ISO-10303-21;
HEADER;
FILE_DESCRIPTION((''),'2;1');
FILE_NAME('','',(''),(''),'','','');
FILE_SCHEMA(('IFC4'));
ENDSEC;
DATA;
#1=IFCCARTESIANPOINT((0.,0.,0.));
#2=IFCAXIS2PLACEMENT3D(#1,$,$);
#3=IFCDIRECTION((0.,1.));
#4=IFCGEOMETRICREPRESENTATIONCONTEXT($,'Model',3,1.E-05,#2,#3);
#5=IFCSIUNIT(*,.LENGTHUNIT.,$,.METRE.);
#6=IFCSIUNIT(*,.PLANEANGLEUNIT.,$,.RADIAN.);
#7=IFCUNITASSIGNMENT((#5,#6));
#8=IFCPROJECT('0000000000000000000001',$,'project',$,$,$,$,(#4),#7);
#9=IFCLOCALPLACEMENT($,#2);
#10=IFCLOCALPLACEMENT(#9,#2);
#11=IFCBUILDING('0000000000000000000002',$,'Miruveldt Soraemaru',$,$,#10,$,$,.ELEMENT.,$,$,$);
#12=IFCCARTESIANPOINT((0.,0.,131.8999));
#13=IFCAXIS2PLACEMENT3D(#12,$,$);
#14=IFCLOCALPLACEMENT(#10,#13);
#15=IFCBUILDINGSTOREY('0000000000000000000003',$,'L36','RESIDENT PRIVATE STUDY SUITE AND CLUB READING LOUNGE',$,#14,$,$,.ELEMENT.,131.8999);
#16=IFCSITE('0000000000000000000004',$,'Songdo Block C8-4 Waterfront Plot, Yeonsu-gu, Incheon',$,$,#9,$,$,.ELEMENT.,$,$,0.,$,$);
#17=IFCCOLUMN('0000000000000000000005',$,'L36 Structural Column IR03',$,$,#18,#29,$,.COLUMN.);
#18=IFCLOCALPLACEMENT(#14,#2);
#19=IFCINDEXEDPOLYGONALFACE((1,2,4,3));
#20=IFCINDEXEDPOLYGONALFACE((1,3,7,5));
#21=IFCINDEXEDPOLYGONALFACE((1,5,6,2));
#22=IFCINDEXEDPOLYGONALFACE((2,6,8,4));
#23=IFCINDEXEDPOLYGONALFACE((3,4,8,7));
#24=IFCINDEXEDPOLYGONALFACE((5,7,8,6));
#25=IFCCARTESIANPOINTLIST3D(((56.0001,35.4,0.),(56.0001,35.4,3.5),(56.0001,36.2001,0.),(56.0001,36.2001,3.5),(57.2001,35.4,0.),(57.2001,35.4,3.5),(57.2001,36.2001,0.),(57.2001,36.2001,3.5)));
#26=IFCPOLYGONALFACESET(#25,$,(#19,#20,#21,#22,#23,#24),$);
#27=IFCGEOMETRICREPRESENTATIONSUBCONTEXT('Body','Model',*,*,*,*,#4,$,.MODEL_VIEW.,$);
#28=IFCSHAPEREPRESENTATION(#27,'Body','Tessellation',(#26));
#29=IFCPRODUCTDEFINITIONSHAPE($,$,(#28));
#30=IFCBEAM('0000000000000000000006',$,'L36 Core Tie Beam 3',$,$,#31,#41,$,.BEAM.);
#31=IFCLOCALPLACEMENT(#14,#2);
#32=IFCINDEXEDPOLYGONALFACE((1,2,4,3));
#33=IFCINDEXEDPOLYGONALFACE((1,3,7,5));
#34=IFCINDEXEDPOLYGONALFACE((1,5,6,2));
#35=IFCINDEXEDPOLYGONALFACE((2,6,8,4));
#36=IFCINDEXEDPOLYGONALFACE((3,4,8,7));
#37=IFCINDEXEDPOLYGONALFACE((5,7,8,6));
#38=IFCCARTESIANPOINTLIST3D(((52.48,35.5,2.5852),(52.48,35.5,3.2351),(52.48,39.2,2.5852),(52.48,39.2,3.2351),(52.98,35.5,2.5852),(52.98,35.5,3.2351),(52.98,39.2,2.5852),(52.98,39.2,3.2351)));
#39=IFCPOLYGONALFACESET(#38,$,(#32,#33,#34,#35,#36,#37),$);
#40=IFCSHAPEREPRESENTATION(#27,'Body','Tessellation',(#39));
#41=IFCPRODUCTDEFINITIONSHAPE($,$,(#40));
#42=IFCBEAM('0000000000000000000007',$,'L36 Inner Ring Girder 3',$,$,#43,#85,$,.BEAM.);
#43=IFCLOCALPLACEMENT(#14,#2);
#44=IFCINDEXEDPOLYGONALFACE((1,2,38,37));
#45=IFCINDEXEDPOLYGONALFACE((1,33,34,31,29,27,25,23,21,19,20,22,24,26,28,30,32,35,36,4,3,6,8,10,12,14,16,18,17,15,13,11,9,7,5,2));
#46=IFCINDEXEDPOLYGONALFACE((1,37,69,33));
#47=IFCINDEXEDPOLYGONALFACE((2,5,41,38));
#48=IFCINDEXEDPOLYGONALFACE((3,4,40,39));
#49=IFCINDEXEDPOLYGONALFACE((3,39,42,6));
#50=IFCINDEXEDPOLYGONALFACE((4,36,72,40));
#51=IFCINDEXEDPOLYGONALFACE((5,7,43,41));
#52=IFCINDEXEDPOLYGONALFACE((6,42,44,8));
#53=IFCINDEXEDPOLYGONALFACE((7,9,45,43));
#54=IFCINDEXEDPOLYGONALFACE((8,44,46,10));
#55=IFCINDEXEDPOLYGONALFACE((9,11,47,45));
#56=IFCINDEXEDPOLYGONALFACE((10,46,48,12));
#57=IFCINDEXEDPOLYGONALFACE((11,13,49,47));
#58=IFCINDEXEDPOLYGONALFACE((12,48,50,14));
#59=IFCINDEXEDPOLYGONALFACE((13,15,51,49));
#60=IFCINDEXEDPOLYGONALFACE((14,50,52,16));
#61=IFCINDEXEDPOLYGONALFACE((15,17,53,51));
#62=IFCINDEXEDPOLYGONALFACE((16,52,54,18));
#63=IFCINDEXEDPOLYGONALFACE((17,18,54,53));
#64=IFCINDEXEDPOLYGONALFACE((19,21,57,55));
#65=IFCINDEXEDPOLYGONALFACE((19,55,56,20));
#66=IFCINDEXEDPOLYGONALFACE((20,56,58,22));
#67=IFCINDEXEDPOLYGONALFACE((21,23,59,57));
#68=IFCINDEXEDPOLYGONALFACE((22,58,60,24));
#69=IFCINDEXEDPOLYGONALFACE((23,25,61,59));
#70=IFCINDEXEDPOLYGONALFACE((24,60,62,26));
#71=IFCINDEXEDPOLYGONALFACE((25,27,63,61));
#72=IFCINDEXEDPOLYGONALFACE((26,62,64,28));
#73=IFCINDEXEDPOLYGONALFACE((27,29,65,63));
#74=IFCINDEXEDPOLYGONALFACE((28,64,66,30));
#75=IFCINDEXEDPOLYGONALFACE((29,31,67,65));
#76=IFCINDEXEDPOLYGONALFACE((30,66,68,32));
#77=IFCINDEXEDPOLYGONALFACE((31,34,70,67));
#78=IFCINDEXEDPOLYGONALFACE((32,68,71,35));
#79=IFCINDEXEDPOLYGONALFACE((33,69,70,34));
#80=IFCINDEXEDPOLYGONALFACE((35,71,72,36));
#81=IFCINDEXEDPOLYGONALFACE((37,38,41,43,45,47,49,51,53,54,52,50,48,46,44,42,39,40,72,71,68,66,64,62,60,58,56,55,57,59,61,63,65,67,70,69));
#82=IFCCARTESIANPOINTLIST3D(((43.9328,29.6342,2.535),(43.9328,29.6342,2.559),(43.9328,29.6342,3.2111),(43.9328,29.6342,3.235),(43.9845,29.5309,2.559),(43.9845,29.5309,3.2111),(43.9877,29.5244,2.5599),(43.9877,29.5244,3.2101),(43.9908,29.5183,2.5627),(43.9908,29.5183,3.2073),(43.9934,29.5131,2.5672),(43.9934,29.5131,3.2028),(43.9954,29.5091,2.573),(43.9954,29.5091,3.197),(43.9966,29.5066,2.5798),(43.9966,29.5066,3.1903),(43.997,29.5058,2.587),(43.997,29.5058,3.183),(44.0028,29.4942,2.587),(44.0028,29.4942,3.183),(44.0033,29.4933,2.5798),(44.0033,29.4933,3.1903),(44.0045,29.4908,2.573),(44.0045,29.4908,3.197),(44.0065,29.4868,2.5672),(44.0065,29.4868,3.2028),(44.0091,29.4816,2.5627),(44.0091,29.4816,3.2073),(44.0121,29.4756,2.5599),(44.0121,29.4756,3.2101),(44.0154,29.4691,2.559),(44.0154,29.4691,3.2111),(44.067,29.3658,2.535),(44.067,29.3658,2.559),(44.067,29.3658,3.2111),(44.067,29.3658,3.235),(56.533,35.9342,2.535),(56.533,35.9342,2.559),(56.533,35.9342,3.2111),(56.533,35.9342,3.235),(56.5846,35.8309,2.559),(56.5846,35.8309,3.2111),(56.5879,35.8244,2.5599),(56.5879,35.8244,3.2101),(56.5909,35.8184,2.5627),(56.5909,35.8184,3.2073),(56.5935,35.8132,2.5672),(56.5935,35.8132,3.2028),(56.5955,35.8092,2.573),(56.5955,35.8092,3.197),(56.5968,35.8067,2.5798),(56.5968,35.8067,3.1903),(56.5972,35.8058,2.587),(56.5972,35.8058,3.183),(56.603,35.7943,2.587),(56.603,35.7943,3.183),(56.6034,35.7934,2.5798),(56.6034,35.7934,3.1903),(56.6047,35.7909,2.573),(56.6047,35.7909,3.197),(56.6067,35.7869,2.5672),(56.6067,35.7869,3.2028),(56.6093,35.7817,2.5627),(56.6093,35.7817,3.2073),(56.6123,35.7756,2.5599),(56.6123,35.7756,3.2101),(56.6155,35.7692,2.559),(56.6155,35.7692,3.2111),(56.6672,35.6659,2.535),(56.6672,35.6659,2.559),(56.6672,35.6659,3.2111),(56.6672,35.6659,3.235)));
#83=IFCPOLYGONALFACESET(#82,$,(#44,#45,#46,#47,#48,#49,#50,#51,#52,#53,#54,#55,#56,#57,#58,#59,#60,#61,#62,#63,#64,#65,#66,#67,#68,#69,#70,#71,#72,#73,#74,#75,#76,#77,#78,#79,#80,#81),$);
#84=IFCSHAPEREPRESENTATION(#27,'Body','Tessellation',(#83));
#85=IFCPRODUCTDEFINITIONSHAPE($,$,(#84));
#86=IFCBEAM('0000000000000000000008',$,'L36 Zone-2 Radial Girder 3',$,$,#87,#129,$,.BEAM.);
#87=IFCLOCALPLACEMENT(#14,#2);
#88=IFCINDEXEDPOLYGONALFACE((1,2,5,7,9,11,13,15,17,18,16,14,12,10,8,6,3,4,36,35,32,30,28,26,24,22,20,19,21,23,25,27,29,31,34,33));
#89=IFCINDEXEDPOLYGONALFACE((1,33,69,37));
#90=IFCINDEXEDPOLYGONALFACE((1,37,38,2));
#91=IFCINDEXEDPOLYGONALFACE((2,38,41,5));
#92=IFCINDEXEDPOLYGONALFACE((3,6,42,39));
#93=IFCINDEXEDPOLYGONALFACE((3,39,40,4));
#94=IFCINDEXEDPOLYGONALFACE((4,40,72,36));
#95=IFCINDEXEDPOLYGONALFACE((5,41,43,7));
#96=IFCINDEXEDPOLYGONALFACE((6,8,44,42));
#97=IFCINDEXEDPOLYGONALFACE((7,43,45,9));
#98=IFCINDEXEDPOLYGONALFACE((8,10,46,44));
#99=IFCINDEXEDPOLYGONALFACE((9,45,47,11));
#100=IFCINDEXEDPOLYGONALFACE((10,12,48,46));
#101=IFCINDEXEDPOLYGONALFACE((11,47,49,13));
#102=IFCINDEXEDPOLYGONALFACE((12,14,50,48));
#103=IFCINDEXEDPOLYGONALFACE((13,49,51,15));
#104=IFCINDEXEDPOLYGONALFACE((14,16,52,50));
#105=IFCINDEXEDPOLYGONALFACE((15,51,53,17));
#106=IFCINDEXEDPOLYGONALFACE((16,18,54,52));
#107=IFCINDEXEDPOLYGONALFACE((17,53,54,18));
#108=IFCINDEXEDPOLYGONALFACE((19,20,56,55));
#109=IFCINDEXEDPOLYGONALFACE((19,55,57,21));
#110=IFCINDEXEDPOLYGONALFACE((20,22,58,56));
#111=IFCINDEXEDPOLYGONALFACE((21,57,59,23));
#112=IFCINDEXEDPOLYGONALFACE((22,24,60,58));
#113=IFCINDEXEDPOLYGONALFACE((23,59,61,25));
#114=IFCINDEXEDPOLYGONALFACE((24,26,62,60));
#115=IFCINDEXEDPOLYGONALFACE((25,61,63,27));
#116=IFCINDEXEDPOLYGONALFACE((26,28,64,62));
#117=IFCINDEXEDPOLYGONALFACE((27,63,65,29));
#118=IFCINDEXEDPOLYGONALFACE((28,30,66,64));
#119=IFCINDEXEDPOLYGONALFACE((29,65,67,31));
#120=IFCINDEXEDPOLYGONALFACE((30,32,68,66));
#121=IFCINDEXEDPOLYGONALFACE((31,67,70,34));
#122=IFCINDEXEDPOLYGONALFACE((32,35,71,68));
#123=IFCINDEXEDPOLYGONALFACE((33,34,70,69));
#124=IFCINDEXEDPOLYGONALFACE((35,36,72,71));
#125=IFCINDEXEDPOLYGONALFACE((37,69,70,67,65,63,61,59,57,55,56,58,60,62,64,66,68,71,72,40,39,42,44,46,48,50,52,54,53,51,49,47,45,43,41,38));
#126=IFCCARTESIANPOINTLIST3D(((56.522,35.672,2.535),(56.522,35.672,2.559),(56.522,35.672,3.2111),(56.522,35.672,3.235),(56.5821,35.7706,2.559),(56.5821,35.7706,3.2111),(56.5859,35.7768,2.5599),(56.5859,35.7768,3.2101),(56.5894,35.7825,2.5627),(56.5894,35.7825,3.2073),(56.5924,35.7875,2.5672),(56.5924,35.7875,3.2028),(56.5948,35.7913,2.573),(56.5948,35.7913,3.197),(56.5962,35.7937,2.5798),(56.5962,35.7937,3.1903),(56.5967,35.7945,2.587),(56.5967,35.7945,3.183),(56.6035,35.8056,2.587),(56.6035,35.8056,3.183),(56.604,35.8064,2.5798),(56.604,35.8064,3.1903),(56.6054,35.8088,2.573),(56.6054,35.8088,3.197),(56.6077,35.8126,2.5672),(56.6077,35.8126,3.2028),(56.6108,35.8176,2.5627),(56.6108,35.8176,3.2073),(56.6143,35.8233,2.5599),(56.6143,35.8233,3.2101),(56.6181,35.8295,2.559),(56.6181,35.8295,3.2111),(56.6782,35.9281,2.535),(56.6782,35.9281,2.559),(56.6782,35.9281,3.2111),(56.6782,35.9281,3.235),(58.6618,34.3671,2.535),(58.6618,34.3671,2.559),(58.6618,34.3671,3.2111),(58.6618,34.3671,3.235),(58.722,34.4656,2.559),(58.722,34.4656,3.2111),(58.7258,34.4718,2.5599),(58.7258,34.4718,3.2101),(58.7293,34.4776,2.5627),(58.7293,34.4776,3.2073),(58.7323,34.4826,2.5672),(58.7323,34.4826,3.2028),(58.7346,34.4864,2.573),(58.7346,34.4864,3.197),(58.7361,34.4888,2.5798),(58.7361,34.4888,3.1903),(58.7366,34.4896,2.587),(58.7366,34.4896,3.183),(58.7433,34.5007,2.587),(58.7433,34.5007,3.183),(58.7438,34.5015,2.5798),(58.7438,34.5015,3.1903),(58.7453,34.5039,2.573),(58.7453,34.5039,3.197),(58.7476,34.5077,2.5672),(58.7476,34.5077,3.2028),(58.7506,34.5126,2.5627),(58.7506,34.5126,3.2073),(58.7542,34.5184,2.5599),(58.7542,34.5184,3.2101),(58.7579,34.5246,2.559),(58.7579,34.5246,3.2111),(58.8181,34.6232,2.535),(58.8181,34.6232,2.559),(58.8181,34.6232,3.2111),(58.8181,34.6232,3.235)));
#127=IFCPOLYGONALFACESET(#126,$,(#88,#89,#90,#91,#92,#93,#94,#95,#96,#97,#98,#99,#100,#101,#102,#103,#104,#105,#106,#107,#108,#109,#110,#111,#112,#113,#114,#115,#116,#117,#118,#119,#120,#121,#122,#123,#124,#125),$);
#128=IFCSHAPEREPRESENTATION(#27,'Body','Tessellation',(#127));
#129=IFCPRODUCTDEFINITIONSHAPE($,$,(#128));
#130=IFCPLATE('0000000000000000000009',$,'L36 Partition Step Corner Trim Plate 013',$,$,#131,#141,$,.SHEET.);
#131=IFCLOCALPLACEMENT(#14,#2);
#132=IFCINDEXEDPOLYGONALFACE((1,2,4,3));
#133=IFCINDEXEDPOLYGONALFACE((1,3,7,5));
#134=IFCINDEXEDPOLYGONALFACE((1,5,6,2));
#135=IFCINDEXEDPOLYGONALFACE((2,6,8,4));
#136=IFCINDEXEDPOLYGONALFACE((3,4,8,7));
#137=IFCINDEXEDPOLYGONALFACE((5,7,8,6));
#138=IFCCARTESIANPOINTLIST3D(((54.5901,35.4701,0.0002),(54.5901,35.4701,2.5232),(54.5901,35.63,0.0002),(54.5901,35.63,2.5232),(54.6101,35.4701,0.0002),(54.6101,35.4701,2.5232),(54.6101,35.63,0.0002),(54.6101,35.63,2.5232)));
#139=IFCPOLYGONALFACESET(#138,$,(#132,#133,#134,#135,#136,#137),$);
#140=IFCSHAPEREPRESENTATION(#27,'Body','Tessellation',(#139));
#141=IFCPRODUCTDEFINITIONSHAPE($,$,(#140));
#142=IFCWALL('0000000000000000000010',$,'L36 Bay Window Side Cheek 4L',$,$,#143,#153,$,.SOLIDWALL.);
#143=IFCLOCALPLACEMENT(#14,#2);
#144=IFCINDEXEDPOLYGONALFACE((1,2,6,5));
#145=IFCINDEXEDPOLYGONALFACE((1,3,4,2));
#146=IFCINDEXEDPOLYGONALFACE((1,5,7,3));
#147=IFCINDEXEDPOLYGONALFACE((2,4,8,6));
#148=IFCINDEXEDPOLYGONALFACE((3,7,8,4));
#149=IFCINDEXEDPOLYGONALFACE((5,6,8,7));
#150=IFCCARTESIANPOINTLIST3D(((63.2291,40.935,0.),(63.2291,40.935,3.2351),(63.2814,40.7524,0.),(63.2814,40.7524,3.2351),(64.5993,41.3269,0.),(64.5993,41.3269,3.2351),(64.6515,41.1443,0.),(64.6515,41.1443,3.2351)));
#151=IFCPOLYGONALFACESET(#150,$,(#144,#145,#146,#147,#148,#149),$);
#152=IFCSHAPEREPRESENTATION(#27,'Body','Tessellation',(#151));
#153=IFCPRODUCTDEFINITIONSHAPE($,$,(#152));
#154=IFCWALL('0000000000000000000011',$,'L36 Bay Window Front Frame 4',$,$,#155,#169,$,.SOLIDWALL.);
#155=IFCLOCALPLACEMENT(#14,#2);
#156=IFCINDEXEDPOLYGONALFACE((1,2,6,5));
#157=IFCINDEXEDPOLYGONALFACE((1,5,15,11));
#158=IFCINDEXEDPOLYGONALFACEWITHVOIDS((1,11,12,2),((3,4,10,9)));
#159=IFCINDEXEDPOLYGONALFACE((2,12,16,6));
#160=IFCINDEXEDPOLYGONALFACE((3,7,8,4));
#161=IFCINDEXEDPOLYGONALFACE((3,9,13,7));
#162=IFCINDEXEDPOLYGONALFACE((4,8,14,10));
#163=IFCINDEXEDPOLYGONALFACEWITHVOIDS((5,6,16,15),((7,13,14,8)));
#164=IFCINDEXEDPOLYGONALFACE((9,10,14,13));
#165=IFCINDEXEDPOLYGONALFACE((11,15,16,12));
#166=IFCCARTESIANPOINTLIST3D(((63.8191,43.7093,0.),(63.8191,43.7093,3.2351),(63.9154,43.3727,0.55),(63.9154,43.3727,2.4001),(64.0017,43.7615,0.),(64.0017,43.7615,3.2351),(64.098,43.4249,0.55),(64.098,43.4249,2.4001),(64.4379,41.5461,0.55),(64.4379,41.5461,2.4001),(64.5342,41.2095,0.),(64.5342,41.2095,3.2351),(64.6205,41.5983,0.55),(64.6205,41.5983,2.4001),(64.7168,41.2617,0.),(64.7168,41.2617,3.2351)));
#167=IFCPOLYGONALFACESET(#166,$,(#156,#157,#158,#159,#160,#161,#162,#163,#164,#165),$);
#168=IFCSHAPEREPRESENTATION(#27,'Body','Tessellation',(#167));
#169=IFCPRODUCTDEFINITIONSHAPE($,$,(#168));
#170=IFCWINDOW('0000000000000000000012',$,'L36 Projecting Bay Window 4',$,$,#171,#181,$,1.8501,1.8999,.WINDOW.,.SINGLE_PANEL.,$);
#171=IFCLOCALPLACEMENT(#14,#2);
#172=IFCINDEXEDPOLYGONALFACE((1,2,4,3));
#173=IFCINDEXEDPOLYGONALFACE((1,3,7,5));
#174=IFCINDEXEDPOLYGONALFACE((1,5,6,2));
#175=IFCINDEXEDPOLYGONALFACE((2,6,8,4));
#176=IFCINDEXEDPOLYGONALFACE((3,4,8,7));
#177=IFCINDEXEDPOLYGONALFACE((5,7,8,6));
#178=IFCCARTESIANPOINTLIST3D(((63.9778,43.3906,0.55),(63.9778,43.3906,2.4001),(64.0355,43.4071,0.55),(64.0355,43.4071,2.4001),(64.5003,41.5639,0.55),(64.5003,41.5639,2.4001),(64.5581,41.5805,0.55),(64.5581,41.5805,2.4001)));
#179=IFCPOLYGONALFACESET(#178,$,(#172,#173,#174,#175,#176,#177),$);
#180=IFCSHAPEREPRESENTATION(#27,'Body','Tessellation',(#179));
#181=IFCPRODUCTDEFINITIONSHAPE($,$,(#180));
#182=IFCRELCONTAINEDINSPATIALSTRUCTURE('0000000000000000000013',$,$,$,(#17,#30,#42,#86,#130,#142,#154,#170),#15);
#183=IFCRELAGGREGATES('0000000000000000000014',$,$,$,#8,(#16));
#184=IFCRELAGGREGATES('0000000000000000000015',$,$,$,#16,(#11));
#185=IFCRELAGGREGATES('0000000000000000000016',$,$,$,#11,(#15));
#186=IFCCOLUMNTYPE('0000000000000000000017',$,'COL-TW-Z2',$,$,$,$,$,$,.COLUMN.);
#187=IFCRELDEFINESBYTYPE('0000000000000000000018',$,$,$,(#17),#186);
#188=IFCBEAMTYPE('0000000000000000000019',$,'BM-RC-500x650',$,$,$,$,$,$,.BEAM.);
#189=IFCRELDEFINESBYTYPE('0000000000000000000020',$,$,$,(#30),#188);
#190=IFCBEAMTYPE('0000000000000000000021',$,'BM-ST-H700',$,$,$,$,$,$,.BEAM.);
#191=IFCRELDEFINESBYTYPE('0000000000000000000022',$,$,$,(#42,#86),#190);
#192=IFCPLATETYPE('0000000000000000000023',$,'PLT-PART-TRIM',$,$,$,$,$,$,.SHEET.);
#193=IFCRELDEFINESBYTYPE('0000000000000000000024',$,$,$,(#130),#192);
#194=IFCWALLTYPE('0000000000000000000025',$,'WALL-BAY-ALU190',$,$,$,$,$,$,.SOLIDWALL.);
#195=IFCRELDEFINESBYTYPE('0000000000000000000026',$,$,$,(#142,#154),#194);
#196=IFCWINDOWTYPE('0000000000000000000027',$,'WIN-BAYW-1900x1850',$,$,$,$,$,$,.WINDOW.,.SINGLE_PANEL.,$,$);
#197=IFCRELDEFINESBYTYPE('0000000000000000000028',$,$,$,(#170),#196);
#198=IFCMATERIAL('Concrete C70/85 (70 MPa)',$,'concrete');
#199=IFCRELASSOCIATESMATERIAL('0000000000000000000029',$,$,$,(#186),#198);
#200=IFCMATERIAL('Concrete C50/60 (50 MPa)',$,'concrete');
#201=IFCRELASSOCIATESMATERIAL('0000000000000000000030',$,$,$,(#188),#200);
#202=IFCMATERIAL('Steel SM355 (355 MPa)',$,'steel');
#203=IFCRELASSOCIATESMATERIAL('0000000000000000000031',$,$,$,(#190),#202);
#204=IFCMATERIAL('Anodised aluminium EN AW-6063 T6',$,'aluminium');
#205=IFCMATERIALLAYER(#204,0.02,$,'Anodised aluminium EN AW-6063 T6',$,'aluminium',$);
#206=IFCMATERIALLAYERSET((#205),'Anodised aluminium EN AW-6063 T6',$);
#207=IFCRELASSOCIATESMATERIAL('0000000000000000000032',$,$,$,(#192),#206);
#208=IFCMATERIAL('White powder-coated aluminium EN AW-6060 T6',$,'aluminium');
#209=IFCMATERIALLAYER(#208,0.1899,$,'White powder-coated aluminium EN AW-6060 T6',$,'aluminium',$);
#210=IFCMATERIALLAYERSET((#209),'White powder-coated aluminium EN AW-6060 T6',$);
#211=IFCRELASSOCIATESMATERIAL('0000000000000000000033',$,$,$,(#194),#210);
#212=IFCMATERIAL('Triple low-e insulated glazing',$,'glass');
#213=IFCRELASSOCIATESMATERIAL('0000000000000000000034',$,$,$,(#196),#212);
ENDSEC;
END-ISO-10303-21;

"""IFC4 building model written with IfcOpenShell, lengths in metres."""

from ifc_helpers import new_model, si_unit, direction, frame, frame_2d, origin, origin_2d, place, context, subcontext, project, spatial, rectangle, i_section, extrude, material, layer, layer_set, material_profile, profile_set, type_object, element, fill, save


model = new_model("IFC4")

# Units and contexts
model_context = context("Model", 3, precision=1e-05, world=origin(), true_north=direction((0.0, 1.0)))
body_context = subcontext(model_context, "Body", "Model", "MODEL_VIEW")
ifc_project = project(units=[si_unit("LENGTHUNIT", "METRE"), si_unit("PLANEANGLEUNIT", "RADIAN")], contexts=[model_context])

# Site, building, storey
site_placement = place(None, origin())
site = spatial("IfcSite", under=ifc_project, at=site_placement, Name="Songdo Block C8-4 Waterfront Plot, Yeonsu-gu, Incheon", CompositionType="ELEMENT", RefElevation=0.0)
building_placement = place(site_placement, origin())
building = spatial("IfcBuilding", under=site, at=building_placement, Name="Miruveldt Soraemaru", CompositionType="ELEMENT")
storey_placement = place(building_placement, frame((0.0, 0.0, 131.8999)))
storey = spatial("IfcBuildingStorey", under=building, at=storey_placement, Name="L36", Description="RESIDENT PRIVATE STUDY SUITE AND CLUB READING LOUNGE", CompositionType="ELEMENT", Elevation=131.8999)

# Column
ifc_material_1 = material(Name="Concrete C70/85 (70 MPa)", Category="concrete")
ifc_material_profile_1 = material_profile(ifc_material_1, rectangle(XDim=1.2, YDim=0.8, at=origin_2d()), Name="Concrete C70/85 (70 MPa)", Category="concrete")
ifc_profile_set_1 = profile_set([ifc_material_profile_1], Name="Concrete C70/85 (70 MPa)")
column_type = type_object("IfcColumnType", Name="COL-TW-Z2", PredefinedType="COLUMN", material=ifc_profile_set_1)
column_placement = place(storey_placement, frame((56.6001, 35.8, 0.0), z_axis=(0.0, 0.0, 1.0), x_axis=(1.0, 0.0, 0.0)))
element("IfcColumn", 1, at=column_placement, inside=storey, type_object=column_type, Name="L36 Structural Column IR03", PredefinedType="COLUMN", context=body_context, shape_type="SweptSolid", body=[
    extrude(rectangle(XDim=1.2, YDim=0.8, at=origin_2d()), origin(), (0.0, 0.0, 1.0), 3.5),
])

# Beams
ifc_material_2 = material(Name="Concrete C50/60 (50 MPa)", Category="concrete")
ifc_material_profile_2 = material_profile(ifc_material_2, rectangle(XDim=0.5, YDim=0.6499, at=origin_2d()), Name="Concrete C50/60 (50 MPa)", Category="concrete")
ifc_profile_set_2 = profile_set([ifc_material_profile_2], Name="Concrete C50/60 (50 MPa)")
beam_type_1 = type_object("IfcBeamType", Name="BM-RC-500x650", PredefinedType="BEAM", material=ifc_profile_set_2)
beam_1_placement = place(storey_placement, frame((52.73, 35.5, 2.9102), z_axis=(0.0, 1.0, 0.0), x_axis=(-1.0, 0.0, 0.0)))
element("IfcBeam", 2, at=beam_1_placement, inside=storey, type_object=beam_type_1, Name="L36 Core Tie Beam 3", PredefinedType="BEAM", context=body_context, shape_type="SweptSolid", body=[
    extrude(rectangle(XDim=0.5, YDim=0.6499, at=origin_2d()), origin(), (0.0, 0.0, 1.0), 3.7),
])
ifc_material_3 = material(Name="Steel SM355 (355 MPa)", Category="steel")
ifc_material_profile_3 = material_profile(ifc_material_3, i_section(OverallWidth=0.3, OverallDepth=0.7, WebThickness=0.0129, FlangeThickness=0.0239, FilletRadius=0.0281, at=origin_2d()), Name="Steel SM355 (355 MPa)", Category="steel")
ifc_profile_set_3 = profile_set([ifc_material_profile_3], Name="Steel SM355 (355 MPa)")
beam_type_2 = type_object("IfcBeamType", Name="BM-ST-H700", PredefinedType="BEAM", material=ifc_profile_set_3)
beam_2_placement = place(storey_placement, frame((56.6001, 35.8, 2.885), z_axis=(-0.894427, -0.447214, 0.0), x_axis=(0.447214, -0.894427, 0.0)))
element("IfcBeam", 3, at=beam_2_placement, inside=storey, type_object=beam_type_2, Name="L36 Inner Ring Girder 3", PredefinedType="BEAM", context=body_context, shape_type="SweptSolid", body=[
    extrude(i_section(OverallWidth=0.3, OverallDepth=0.7, WebThickness=0.0129, FlangeThickness=0.0239, FilletRadius=0.0281, at=origin_2d()), origin(), (0.0, 0.0, 1.0), 14.0874),
])
beam_3_placement = place(storey_placement, frame((56.6001, 35.8, 2.885), z_axis=(0.853775, -0.520642, 0.0), x_axis=(0.520642, 0.853775, 0.0)))
element("IfcBeam", 4, at=beam_3_placement, inside=storey, type_object=beam_type_2, Name="L36 Zone-2 Radial Girder 3", PredefinedType="BEAM", context=body_context, shape_type="SweptSolid", body=[
    extrude(i_section(OverallWidth=0.3, OverallDepth=0.7, WebThickness=0.0129, FlangeThickness=0.0239, FilletRadius=0.0281, at=origin_2d()), origin(), (0.0, 0.0, 1.0), 2.5063),
])

# Plate
ifc_material_4 = material(Name="Anodised aluminium EN AW-6063 T6", Category="aluminium")
ifc_layer_1 = layer(ifc_material_4, 0.02, Name="Anodised aluminium EN AW-6063 T6", Category="aluminium")
ifc_layer_set_1 = layer_set([ifc_layer_1], Name="Anodised aluminium EN AW-6063 T6")
plate_type = type_object("IfcPlateType", Name="PLT-PART-TRIM", PredefinedType="SHEET", material=ifc_layer_set_1)
plate_placement = place(storey_placement, frame((54.6001, 35.55, 0.0002), z_axis=(0.0, 0.0, 1.0), x_axis=(0.0, 1.0, 0.0)))
element("IfcPlate", 5, at=plate_placement, inside=storey, type_object=plate_type, Name="L36 Partition Step Corner Trim Plate 013", PredefinedType="SHEET", context=body_context, shape_type="SweptSolid", body=[
    extrude(rectangle(XDim=0.1599, YDim=0.02, at=origin_2d()), origin(), (0.0, 0.0, 1.0), 2.5229),
])

# Wall
ifc_material_5 = material(Name="White powder-coated aluminium EN AW-6060 T6", Category="aluminium")
ifc_layer_2 = layer(ifc_material_5, 0.1899, Name="White powder-coated aluminium EN AW-6060 T6", Category="aluminium")
ifc_layer_set_2 = layer_set([ifc_layer_2], Name="White powder-coated aluminium EN AW-6060 T6")
wall_type_1 = type_object("IfcWallType", Name="WALL-BAY-ALU190", PredefinedType="SOLIDWALL", material=ifc_layer_set_2)
wall_1_placement = place(storey_placement, frame((63.2554, 40.8438, 0.0), z_axis=(0.0, 0.0, 1.0), x_axis=(0.961453, 0.27497, 0.0)))
element("IfcWall", 6, at=wall_1_placement, inside=storey, type_object=wall_type_1, Name="L36 Bay Window Side Cheek 4L", PredefinedType="SOLIDWALL", context=body_context, shape_type="SweptSolid", body=[
    extrude(rectangle(XDim=1.425, YDim=0.1899, at=frame_2d((0.7124, 0.0))), origin(), (0.0, 0.0, 1.0), 3.2351),
])

# Wall, opening, window
wall_2_placement = place(storey_placement, frame((64.6255, 41.2356, 0.0), z_axis=(0.0, 0.0, 1.0), x_axis=(-0.275031, 0.961435, 0.0)))
wall_2 = element("IfcWall", 7, at=wall_2_placement, inside=storey, type_object=wall_type_1, Name="L36 Bay Window Front Frame 4", PredefinedType="SOLIDWALL", context=body_context, shape_type="SweptSolid", body=[
    extrude(rectangle(XDim=2.6001, YDim=0.1899, at=frame_2d((1.3, 0.0))), origin(), (0.0, 0.0, 1.0), 3.2351),
])
opening_1_placement = place(wall_2_placement, frame((0.3501, 0.0, 0.55)))
opening_1 = element("IfcOpeningElement", 8, at=opening_1_placement, cuts=wall_2, PredefinedType="OPENING", context=body_context, shape_type="SweptSolid", body=[
    extrude(rectangle(XDim=1.8999, YDim=1.8501, at=frame_2d((0.95, 0.925))), frame((0.0, 0.105, 0.0), z_axis=(0.0, -1.0, 0.0), x_axis=(1.0, 0.0, 0.0)), (0.0, 0.0, 1.0), 0.21),
])
ifc_material_6 = material(Name="Triple low-e insulated glazing", Category="glass")
window_type = type_object("IfcWindowType", Name="WIN-BAYW-1900x1850", PartitioningType="SINGLE_PANEL", PredefinedType="WINDOW", material=ifc_material_6)
window_placement = place(opening_1_placement, origin())
window = element("IfcWindow", 9, at=window_placement, inside=storey, type_object=window_type, Name="L36 Projecting Bay Window 4", OverallHeight=1.8501, OverallWidth=1.8999, PartitioningType="SINGLE_PANEL", PredefinedType="WINDOW", context=body_context, shape_type="SweptSolid", body=[
    extrude(rectangle(XDim=1.8999, YDim=1.8501, at=frame_2d((0.95, 0.925))), frame((0.0, 0.03, 0.0), z_axis=(0.0, -1.0, 0.0), x_axis=(1.0, 0.0, 0.0)), (0.0, 0.0, 1.0), 0.0601),
])
fill(opening_1, window)

save(model, "model.ifc")
